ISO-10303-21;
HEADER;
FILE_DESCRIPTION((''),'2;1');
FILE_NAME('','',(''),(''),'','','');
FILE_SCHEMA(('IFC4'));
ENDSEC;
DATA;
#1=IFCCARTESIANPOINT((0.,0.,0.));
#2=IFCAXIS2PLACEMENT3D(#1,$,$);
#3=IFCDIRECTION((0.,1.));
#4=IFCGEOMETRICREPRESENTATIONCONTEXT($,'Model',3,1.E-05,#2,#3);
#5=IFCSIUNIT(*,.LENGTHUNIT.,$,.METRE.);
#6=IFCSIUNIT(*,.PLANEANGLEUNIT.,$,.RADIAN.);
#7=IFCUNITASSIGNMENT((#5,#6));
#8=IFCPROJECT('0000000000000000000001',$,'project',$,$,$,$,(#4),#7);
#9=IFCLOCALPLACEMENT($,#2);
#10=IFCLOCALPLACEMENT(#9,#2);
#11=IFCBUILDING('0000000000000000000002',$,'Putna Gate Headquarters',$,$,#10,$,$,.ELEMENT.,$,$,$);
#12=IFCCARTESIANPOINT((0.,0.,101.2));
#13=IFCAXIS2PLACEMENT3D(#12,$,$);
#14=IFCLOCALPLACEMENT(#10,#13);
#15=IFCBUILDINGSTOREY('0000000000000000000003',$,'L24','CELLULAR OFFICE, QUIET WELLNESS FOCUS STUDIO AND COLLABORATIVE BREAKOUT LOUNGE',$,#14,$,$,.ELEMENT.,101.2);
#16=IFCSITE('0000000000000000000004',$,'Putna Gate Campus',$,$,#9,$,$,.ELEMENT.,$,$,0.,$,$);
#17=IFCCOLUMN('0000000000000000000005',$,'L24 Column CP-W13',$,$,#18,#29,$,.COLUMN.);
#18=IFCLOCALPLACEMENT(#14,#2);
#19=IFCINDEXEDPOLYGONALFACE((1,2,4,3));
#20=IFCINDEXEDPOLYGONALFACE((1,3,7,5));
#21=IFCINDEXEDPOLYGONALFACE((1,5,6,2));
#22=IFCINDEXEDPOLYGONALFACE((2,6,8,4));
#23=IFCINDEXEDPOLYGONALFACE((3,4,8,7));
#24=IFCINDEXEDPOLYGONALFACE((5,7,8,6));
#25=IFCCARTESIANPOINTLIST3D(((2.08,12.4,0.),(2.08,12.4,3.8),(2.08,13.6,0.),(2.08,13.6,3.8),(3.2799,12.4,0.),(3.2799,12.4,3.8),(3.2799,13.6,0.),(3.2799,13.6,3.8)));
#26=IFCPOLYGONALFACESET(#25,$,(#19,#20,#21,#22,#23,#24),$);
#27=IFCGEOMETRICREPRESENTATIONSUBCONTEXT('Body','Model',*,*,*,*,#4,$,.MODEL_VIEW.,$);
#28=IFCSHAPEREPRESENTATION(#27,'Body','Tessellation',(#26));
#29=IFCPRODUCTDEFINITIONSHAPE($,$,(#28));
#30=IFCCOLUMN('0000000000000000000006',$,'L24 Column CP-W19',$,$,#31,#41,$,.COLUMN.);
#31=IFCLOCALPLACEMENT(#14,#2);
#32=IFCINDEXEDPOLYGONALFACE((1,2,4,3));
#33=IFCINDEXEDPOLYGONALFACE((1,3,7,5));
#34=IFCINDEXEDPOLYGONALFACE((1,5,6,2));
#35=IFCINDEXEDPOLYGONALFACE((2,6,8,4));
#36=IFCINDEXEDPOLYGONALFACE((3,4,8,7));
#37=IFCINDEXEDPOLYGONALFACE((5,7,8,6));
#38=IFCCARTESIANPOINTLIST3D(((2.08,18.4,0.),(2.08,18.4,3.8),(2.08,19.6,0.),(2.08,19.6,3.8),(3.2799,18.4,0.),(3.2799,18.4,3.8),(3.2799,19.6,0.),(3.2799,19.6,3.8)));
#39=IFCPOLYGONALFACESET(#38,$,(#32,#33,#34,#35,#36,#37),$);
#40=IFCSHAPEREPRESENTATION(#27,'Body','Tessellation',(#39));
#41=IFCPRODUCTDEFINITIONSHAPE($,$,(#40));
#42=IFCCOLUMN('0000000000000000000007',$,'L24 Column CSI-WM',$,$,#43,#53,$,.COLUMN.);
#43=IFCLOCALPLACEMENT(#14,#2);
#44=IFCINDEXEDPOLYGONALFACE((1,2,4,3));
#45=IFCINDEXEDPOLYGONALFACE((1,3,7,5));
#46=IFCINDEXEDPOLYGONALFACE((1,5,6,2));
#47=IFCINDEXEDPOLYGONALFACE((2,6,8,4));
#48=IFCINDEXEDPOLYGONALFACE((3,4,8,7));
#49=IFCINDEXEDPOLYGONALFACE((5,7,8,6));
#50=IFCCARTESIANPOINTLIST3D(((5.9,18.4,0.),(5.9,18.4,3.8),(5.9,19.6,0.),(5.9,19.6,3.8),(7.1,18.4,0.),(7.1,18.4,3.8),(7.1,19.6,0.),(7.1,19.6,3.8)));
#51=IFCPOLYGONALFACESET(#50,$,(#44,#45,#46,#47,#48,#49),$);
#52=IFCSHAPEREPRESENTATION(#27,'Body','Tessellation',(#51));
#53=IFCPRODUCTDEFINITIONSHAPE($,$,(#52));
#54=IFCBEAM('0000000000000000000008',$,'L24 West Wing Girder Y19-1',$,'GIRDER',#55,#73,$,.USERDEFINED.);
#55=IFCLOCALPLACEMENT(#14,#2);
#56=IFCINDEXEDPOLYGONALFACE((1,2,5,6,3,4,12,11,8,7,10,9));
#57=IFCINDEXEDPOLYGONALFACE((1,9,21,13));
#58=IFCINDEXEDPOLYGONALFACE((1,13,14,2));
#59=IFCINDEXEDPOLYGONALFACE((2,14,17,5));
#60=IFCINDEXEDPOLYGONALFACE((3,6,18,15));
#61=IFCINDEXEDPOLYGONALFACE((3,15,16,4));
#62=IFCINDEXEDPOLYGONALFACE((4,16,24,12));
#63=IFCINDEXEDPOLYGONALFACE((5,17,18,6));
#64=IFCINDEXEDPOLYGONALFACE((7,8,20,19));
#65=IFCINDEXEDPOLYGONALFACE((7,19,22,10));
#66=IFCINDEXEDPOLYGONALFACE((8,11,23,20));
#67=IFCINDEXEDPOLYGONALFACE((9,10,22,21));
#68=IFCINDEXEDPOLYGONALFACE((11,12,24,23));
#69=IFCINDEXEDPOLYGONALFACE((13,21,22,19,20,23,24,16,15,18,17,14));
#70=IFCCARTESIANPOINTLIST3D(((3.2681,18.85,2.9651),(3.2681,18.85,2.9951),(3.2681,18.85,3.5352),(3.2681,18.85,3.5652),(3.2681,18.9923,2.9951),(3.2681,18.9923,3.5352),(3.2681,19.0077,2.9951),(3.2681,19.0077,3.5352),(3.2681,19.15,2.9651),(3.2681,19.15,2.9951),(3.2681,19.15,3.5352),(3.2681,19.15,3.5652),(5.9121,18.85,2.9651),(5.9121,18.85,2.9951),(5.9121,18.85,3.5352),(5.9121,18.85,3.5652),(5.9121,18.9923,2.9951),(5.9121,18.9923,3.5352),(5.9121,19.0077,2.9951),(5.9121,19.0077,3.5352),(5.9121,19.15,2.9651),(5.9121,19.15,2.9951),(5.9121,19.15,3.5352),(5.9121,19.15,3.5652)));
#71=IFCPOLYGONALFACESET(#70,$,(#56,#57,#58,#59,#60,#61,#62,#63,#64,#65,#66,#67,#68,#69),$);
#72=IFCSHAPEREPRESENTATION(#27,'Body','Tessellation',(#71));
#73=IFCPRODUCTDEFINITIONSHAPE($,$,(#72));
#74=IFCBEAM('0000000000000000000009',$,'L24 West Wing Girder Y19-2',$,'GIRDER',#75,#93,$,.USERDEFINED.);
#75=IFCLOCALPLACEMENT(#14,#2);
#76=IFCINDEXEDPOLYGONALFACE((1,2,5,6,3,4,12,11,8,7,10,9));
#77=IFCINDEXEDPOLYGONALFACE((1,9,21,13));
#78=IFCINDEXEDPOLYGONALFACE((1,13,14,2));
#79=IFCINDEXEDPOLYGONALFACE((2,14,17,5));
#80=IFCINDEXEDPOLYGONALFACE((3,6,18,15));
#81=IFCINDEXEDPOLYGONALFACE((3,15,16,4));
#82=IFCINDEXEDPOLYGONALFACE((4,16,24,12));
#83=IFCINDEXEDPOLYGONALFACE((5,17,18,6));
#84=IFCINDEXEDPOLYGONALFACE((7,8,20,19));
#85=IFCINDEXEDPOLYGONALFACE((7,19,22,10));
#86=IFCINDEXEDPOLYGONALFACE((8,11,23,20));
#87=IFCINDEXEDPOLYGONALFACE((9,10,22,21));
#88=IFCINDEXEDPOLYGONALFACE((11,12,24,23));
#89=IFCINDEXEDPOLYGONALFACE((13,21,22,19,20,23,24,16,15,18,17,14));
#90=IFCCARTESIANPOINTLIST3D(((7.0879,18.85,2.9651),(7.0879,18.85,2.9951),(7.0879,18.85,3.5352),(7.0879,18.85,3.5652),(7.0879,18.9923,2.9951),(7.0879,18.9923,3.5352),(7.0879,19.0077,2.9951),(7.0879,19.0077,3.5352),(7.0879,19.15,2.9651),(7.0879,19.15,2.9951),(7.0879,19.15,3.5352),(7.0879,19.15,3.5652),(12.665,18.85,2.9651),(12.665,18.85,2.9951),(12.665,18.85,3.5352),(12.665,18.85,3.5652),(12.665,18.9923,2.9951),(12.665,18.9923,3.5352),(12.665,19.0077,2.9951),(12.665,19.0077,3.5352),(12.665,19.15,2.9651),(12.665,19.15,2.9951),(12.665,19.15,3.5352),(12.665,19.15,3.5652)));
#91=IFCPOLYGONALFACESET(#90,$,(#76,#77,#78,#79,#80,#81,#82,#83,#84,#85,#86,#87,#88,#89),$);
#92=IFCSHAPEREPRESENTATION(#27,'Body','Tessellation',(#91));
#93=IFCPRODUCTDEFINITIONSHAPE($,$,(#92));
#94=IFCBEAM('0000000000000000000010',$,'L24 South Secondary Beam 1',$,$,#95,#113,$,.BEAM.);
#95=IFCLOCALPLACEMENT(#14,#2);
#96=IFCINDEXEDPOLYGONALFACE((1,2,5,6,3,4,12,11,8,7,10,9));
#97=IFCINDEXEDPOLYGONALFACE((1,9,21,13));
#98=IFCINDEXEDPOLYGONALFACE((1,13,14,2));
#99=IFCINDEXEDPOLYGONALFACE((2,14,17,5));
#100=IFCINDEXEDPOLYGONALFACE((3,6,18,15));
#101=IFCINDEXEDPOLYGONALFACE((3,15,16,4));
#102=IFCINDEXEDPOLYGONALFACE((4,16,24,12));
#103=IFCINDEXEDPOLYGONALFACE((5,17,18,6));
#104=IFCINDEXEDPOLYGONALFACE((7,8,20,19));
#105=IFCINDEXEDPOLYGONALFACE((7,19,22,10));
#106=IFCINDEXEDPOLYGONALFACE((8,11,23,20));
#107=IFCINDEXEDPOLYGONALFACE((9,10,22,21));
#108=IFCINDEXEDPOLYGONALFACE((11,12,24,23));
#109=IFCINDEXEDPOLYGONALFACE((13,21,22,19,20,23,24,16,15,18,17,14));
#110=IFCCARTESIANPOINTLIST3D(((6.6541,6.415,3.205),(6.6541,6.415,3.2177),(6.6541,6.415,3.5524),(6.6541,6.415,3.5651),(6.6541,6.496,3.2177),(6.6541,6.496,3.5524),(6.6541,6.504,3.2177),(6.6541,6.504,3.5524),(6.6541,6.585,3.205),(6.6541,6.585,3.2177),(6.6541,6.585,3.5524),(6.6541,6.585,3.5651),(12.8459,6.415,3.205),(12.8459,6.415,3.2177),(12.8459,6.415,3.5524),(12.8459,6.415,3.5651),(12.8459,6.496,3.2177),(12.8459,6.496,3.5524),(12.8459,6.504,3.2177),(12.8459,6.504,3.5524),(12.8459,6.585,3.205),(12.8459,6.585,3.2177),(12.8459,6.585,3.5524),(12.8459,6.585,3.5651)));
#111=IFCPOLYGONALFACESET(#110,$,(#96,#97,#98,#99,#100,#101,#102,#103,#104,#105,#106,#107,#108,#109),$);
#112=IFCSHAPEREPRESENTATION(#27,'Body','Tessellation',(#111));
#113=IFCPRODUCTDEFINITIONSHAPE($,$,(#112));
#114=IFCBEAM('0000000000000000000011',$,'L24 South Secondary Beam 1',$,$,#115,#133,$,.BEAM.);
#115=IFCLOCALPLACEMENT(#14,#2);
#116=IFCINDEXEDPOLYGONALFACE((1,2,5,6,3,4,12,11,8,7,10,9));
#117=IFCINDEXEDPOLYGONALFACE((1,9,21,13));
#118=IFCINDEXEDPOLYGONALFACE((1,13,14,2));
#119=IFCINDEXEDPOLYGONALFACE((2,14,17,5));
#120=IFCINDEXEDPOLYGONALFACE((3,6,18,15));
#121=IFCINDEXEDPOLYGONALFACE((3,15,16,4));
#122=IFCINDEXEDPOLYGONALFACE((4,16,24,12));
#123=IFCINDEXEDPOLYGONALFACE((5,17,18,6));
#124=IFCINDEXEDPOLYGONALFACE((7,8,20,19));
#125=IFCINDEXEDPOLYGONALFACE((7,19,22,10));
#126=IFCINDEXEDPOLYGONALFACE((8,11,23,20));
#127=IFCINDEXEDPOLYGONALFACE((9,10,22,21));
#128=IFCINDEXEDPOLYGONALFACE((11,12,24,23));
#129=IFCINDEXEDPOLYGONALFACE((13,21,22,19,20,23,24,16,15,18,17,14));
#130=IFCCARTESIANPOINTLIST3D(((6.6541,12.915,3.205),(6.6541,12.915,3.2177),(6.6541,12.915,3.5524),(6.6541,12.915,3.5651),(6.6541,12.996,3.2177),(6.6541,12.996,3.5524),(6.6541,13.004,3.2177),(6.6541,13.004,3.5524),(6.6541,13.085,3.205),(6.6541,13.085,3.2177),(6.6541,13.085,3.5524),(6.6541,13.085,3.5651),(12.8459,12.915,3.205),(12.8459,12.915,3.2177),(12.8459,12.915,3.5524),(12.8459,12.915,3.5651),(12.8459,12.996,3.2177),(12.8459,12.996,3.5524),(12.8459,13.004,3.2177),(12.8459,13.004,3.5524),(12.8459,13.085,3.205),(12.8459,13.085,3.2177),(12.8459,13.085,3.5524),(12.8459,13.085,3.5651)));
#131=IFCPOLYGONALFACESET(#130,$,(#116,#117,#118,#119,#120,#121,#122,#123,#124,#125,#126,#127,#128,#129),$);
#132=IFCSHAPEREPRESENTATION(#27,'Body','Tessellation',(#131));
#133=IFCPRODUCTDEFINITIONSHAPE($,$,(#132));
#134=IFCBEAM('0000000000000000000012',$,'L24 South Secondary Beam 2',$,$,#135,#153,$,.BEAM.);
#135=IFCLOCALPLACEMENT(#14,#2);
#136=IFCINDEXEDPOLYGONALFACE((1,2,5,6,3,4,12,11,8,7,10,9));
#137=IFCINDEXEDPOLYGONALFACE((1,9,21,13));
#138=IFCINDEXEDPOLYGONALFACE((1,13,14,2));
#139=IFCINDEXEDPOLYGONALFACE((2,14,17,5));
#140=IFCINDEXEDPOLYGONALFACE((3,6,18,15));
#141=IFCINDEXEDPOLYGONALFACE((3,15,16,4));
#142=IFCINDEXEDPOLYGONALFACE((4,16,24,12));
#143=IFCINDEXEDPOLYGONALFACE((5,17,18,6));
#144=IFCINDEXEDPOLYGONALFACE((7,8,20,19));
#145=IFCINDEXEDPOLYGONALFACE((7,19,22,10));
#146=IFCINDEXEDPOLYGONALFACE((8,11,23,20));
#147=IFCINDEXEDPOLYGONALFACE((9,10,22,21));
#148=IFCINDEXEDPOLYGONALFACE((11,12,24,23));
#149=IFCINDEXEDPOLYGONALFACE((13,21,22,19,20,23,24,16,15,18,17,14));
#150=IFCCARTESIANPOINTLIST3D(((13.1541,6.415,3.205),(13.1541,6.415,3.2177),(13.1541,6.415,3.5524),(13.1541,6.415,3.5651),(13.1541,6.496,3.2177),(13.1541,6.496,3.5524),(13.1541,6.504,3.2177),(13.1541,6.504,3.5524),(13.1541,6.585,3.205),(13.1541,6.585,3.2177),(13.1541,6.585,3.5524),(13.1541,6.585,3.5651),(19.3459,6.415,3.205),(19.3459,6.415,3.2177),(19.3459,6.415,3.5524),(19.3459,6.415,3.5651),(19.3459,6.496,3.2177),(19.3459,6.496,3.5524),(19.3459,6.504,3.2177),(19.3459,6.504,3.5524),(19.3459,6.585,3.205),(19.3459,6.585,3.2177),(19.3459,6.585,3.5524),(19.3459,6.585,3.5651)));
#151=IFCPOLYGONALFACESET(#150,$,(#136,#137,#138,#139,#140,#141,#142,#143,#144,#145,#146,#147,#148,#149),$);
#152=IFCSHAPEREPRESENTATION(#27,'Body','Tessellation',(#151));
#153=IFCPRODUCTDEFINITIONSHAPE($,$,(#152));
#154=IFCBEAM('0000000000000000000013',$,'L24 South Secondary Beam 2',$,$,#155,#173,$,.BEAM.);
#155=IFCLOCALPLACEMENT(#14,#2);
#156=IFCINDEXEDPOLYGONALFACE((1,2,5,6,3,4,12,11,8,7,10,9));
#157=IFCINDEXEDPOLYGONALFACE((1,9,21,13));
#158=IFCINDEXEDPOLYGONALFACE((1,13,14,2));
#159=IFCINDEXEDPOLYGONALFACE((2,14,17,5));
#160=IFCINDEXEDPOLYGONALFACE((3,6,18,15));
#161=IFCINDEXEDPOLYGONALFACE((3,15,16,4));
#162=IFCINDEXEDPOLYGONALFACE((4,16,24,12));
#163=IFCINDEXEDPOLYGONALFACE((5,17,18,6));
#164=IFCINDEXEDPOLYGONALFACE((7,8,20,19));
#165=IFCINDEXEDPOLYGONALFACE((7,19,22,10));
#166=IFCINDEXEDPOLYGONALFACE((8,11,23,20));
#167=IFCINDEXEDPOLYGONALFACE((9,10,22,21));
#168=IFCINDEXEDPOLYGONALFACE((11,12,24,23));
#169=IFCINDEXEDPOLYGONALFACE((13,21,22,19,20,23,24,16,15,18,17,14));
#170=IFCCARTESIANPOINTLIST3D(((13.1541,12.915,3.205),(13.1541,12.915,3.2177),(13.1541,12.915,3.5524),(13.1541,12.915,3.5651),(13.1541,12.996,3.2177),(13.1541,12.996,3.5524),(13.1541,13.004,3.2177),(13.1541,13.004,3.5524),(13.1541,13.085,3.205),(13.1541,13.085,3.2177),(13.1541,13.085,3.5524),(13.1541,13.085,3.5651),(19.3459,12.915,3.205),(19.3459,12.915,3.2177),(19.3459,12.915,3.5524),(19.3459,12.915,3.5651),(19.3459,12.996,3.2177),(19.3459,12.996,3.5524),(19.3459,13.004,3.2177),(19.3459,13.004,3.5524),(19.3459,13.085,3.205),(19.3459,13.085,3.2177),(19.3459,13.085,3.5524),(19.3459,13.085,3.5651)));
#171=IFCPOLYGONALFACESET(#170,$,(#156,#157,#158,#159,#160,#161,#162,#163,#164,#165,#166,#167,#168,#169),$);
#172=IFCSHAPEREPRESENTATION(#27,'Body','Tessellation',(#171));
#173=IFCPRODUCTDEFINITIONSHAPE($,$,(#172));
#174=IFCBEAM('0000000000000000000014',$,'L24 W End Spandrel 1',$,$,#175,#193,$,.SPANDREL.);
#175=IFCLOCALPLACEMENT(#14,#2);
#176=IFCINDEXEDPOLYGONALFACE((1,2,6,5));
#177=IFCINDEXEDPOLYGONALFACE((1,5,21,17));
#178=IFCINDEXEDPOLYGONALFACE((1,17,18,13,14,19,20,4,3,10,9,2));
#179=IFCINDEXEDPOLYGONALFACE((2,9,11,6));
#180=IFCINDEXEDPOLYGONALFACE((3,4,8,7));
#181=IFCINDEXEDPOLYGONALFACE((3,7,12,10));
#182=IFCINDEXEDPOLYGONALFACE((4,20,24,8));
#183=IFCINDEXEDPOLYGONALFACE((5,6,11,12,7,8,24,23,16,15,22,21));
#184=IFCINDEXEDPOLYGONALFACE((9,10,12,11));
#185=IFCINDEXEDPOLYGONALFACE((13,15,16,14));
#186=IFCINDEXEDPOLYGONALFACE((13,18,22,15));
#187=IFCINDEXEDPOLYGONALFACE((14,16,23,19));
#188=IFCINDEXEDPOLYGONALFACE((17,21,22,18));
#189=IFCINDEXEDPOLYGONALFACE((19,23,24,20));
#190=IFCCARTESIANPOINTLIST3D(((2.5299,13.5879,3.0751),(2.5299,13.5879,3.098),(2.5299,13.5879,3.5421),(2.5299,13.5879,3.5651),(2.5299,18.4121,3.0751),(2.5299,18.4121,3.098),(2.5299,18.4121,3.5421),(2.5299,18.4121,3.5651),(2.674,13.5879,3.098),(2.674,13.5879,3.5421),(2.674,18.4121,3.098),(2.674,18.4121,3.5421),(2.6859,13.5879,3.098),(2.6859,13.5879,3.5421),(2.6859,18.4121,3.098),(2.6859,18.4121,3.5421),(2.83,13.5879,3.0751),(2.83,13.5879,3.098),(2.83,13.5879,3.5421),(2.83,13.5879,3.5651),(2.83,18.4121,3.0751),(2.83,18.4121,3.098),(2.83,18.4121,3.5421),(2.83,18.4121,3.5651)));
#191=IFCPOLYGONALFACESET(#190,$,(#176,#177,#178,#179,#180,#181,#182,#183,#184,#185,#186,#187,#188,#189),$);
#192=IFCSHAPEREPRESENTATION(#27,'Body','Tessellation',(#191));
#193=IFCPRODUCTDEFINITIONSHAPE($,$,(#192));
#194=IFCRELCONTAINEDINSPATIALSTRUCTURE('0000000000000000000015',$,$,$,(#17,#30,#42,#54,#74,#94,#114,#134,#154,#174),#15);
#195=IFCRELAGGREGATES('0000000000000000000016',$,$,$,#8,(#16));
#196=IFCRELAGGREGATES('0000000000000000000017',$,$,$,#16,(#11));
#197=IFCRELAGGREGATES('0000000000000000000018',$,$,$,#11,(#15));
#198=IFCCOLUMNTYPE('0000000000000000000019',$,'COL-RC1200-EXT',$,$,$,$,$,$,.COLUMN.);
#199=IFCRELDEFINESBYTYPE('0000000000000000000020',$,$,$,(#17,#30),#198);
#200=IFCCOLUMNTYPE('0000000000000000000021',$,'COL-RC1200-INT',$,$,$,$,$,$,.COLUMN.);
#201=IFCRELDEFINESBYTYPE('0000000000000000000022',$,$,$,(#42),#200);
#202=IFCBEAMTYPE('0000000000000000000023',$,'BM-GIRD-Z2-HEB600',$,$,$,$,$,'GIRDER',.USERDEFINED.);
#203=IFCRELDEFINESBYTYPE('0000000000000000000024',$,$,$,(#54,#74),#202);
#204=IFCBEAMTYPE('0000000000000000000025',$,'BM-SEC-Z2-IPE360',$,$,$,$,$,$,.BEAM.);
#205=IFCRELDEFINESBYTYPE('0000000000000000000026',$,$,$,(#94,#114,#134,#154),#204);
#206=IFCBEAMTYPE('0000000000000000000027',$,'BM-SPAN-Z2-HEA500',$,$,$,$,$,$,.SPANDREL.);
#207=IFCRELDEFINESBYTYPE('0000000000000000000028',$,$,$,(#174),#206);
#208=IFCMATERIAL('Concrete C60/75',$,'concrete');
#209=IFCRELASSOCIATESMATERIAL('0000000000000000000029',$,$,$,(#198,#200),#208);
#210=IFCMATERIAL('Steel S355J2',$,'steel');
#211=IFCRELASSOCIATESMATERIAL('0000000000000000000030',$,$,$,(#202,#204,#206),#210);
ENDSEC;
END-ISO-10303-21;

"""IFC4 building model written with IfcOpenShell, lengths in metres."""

from ifc_helpers import new_model, si_unit, direction, frame, origin, origin_2d, place, context, subcontext, project, spatial, rectangle, i_section, extrude, material, material_profile, profile_set, type_object, element, save


model = new_model("IFC4")

# Units and contexts
model_context = context("Model", 3, precision=1e-05, world=origin(), true_north=direction((0.0, 1.0)))
body_context = subcontext(model_context, "Body", "Model", "MODEL_VIEW")
ifc_project = project(units=[si_unit("LENGTHUNIT", "METRE"), si_unit("PLANEANGLEUNIT", "RADIAN")], contexts=[model_context])

# Site, building, storey
site_placement = place(None, origin())
site = spatial("IfcSite", under=ifc_project, at=site_placement, Name="Putna Gate Campus", CompositionType="ELEMENT", RefElevation=0.0)
building_placement = place(site_placement, origin())
building = spatial("IfcBuilding", under=site, at=building_placement, Name="Putna Gate Headquarters", CompositionType="ELEMENT")
storey_placement = place(building_placement, frame((0.0, 0.0, 101.2)))
storey = spatial("IfcBuildingStorey", under=building, at=storey_placement, Name="L24", Description="CELLULAR OFFICE, QUIET WELLNESS FOCUS STUDIO AND COLLABORATIVE BREAKOUT LOUNGE", CompositionType="ELEMENT", Elevation=101.2)

# Columns
ifc_material_1 = material(Name="Concrete C60/75", Category="concrete")
ifc_material_profile_1 = material_profile(ifc_material_1, rectangle(XDim=1.2, YDim=1.2, at=origin_2d()), Name="Concrete C60/75")
ifc_profile_set_1 = profile_set([ifc_material_profile_1], Name="Concrete C60/75")
column_type_1 = type_object("IfcColumnType", Name="COL-RC1200-EXT", PredefinedType="COLUMN", material=ifc_profile_set_1)
for number, where, z_axis, x_axis, name in (
    (1, (2.6799, 13.0, 0.0), (0.0, 0.0, 1.0), (1.0, 0.0, 0.0), "L24 Column CP-W13"),
    (2, (2.6799, 19.0, 0.0), (0.0, 0.0, 1.0), (1.0, 0.0, 0.0), "L24 Column CP-W19"),
):
    element("IfcColumn", number, at=place(storey_placement, frame(where, z_axis=z_axis, x_axis=x_axis)), inside=storey, type_object=column_type_1, Name=name, PredefinedType="COLUMN", context=body_context, shape_type="SweptSolid", body=[
        extrude(rectangle(XDim=1.2, YDim=1.2, at=origin_2d()), origin(), (0.0, 0.0, 1.0), 3.8),
    ])
ifc_material_profile_2 = material_profile(ifc_material_1, rectangle(XDim=1.2, YDim=1.2, at=origin_2d()), Name="Concrete C60/75")
ifc_profile_set_2 = profile_set([ifc_material_profile_2], Name="Concrete C60/75")
column_type_2 = type_object("IfcColumnType", Name="COL-RC1200-INT", PredefinedType="COLUMN", material=ifc_profile_set_2)
column_placement = place(storey_placement, frame((6.5, 19.0, 0.0), z_axis=(0.0, 0.0, 1.0), x_axis=(1.0, 0.0, 0.0)))
element("IfcColumn", 3, at=column_placement, inside=storey, type_object=column_type_2, Name="L24 Column CSI-WM", PredefinedType="COLUMN", context=body_context, shape_type="SweptSolid", body=[
    extrude(rectangle(XDim=1.2, YDim=1.2, at=origin_2d()), origin(), (0.0, 0.0, 1.0), 3.8),
])

# Beams
ifc_material_2 = material(Name="Steel S355J2", Category="steel")
ifc_material_profile_3 = material_profile(ifc_material_2, i_section(OverallWidth=0.3, OverallDepth=0.6001, WebThickness=0.0154, FlangeThickness=0.03, at=origin_2d()), Name="Steel S355J2")
ifc_profile_set_3 = profile_set([ifc_material_profile_3], Name="Steel S355J2")
beam_type_1 = type_object("IfcBeamType", Name="BM-GIRD-Z2-HEB600", ElementType="GIRDER", PredefinedType="USERDEFINED", material=ifc_profile_set_3)
beam_1_placement = place(storey_placement, frame((3.2681, 19.0, 3.2651), z_axis=(1.0, 0.0, 0.0), x_axis=(0.0, 1.0, 0.0)))
element("IfcBeam", 4, at=beam_1_placement, inside=storey, type_object=beam_type_1, Name="L24 West Wing Girder Y19-1", ObjectType="GIRDER", PredefinedType="USERDEFINED", context=body_context, shape_type="SweptSolid", body=[
    extrude(i_section(OverallWidth=0.3, OverallDepth=0.6001, WebThickness=0.0154, FlangeThickness=0.03, at=origin_2d()), origin(), (0.0, 0.0, 1.0), 2.644),
])
beam_2_placement = place(storey_placement, frame((7.0879, 19.0, 3.2651), z_axis=(1.0, 0.0, 0.0), x_axis=(0.0, 1.0, 0.0)))
element("IfcBeam", 5, at=beam_2_placement, inside=storey, type_object=beam_type_1, Name="L24 West Wing Girder Y19-2", ObjectType="GIRDER", PredefinedType="USERDEFINED", context=body_context, shape_type="SweptSolid", body=[
    extrude(i_section(OverallWidth=0.3, OverallDepth=0.6001, WebThickness=0.0154, FlangeThickness=0.03, at=origin_2d()), origin(), (0.0, 0.0, 1.0), 5.5771),
])
ifc_material_profile_4 = material_profile(ifc_material_2, i_section(OverallWidth=0.1699, OverallDepth=0.3601, WebThickness=0.0081, FlangeThickness=0.0127, at=origin_2d()), Name="Steel S355J2")
ifc_profile_set_4 = profile_set([ifc_material_profile_4], Name="Steel S355J2")
beam_type_2 = type_object("IfcBeamType", Name="BM-SEC-Z2-IPE360", PredefinedType="BEAM", material=ifc_profile_set_4)
for number, where, z_axis, x_axis, name in (
    (6, (6.6541, 6.5, 3.385), (1.0, 0.0, 0.0), (0.0, 1.0, 0.0), "L24 South Secondary Beam 1"),
    (7, (6.6541, 13.0, 3.385), (1.0, 0.0, 0.0), (0.0, 1.0, 0.0), "L24 South Secondary Beam 1"),
    (8, (13.1541, 6.5, 3.385), (1.0, 0.0, 0.0), (0.0, 1.0, 0.0), "L24 South Secondary Beam 2"),
    (9, (13.1541, 13.0, 3.385), (1.0, 0.0, 0.0), (0.0, 1.0, 0.0), "L24 South Secondary Beam 2"),
):
    element("IfcBeam", number, at=place(storey_placement, frame(where, z_axis=z_axis, x_axis=x_axis)), inside=storey, type_object=beam_type_2, Name=name, PredefinedType="BEAM", context=body_context, shape_type="SweptSolid", body=[
        extrude(i_section(OverallWidth=0.1699, OverallDepth=0.3601, WebThickness=0.0081, FlangeThickness=0.0127, at=origin_2d()), origin(), (0.0, 0.0, 1.0), 6.1919),
    ])
ifc_material_profile_5 = material_profile(ifc_material_2, i_section(OverallWidth=0.3, OverallDepth=0.49, WebThickness=0.012, FlangeThickness=0.0229, at=origin_2d()), Name="Steel S355J2")
ifc_profile_set_5 = profile_set([ifc_material_profile_5], Name="Steel S355J2")
beam_type_3 = type_object("IfcBeamType", Name="BM-SPAN-Z2-HEA500", PredefinedType="SPANDREL", material=ifc_profile_set_5)
beam_3_placement = place(storey_placement, frame((2.6799, 13.5879, 3.3201), z_axis=(0.0, 1.0, 0.0), x_axis=(-1.0, 0.0, 0.0)))
element("IfcBeam", 10, at=beam_3_placement, inside=storey, type_object=beam_type_3, Name="L24 W End Spandrel 1", PredefinedType="SPANDREL", context=body_context, shape_type="SweptSolid", body=[
    extrude(i_section(OverallWidth=0.3, OverallDepth=0.49, WebThickness=0.012, FlangeThickness=0.0229, at=origin_2d()), origin(), (0.0, 0.0, 1.0), 4.8242),
])

save(model, "model.ifc")
